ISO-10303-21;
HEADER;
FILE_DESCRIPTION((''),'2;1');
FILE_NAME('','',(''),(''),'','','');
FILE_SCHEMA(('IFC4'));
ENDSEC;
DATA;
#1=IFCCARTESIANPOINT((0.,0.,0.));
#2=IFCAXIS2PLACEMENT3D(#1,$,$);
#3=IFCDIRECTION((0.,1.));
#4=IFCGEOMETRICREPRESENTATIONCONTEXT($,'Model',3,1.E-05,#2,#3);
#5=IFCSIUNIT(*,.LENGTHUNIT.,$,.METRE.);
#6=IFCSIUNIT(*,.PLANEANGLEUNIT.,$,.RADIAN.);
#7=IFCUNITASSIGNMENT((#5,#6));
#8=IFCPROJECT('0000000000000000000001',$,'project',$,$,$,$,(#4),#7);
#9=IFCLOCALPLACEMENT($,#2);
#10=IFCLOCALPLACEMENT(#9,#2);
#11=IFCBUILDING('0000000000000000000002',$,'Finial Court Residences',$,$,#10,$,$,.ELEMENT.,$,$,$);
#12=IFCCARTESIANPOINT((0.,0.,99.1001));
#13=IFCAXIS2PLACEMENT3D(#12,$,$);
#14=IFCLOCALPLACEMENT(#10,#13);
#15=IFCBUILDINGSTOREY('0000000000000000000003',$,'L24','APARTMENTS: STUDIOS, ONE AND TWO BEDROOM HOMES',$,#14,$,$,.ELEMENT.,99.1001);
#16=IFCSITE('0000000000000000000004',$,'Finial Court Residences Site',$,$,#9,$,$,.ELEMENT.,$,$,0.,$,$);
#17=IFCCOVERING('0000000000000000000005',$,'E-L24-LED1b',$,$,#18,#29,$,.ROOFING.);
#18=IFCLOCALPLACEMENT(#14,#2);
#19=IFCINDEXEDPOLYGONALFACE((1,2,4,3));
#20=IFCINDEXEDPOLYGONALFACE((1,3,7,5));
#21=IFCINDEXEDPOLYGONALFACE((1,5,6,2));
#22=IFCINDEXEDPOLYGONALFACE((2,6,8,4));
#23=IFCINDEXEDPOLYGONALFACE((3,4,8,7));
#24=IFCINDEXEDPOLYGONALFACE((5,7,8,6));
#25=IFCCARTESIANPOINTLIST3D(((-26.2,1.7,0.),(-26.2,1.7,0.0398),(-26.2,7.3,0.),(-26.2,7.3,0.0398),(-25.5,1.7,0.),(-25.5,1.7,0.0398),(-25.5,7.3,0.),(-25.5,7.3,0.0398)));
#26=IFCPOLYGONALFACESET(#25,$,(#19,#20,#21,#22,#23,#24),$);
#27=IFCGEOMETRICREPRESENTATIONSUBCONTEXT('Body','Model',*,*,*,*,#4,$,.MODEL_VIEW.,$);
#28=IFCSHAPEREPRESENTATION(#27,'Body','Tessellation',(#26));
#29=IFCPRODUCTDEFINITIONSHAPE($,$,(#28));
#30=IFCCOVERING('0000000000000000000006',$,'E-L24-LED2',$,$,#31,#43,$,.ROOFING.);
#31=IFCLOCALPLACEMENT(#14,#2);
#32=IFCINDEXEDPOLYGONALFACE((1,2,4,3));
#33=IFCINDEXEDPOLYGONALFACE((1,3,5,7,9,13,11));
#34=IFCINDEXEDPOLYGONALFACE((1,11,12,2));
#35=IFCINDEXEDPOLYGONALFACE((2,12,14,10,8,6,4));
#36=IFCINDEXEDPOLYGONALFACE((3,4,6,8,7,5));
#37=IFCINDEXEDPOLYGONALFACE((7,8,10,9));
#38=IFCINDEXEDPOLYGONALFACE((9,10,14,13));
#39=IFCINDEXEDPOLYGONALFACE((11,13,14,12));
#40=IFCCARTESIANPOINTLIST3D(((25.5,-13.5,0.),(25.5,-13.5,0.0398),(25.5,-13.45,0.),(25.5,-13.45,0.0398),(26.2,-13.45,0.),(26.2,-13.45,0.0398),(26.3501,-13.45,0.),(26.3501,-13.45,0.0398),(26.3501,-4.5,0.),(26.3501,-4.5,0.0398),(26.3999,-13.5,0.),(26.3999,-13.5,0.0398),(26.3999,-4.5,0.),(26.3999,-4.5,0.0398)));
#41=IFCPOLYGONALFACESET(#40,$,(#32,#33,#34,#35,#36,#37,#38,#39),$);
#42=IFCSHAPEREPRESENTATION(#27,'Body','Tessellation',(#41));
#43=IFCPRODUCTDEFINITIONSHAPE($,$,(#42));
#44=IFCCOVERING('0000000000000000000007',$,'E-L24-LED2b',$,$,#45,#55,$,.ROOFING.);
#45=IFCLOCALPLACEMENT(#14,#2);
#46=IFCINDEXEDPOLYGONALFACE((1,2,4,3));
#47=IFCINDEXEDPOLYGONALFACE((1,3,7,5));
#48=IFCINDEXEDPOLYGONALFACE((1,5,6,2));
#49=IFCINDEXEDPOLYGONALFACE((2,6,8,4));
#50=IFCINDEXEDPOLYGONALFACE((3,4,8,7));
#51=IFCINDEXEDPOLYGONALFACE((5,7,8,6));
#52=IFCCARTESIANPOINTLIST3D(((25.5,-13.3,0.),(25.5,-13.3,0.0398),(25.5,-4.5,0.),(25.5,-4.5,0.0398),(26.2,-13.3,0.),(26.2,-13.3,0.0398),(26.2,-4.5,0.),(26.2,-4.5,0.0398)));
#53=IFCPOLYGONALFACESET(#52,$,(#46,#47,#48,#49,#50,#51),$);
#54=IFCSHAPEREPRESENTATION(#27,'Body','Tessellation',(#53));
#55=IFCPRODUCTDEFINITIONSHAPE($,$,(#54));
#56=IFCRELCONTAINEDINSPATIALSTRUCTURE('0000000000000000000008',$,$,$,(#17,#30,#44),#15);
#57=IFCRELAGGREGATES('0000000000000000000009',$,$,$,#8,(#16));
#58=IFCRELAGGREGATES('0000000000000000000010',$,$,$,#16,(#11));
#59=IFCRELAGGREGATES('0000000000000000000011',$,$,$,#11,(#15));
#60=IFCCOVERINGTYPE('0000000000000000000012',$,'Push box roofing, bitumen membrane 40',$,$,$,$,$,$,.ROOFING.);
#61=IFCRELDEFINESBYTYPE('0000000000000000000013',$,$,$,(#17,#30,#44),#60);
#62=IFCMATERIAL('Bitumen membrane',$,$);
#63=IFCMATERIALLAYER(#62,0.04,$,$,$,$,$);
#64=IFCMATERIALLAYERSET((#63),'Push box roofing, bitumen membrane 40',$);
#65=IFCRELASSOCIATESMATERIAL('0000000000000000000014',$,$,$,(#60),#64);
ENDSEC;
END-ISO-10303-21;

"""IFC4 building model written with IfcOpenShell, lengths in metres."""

from ifc_helpers import new_model, si_unit, direction, frame, origin, place, context, subcontext, project, spatial, polyline, outline, extrude, material, layer, layer_set, type_object, element, save


model = new_model("IFC4")

# Units and contexts
model_context = context("Model", 3, precision=1e-05, world=origin(), true_north=direction((0.0, 1.0)))
body_context = subcontext(model_context, "Body", "Model", "MODEL_VIEW")
ifc_project = project(units=[si_unit("LENGTHUNIT", "METRE"), si_unit("PLANEANGLEUNIT", "RADIAN")], contexts=[model_context])

# Site, building, storey
site_placement = place(None, origin())
site = spatial("IfcSite", under=ifc_project, at=site_placement, Name="Finial Court Residences Site", CompositionType="ELEMENT", RefElevation=0.0)
building_placement = place(site_placement, origin())
building = spatial("IfcBuilding", under=site, at=building_placement, Name="Finial Court Residences", CompositionType="ELEMENT")
storey_placement = place(building_placement, frame((0.0, 0.0, 99.1001)))
storey = spatial("IfcBuildingStorey", under=building, at=storey_placement, Name="L24", Description="APARTMENTS: STUDIOS, ONE AND TWO BEDROOM HOMES", CompositionType="ELEMENT", Elevation=99.1001)

# Coverings
ifc_material_1 = material(Name="Bitumen membrane")
ifc_layer_1 = layer(ifc_material_1, 0.04)
ifc_layer_set_1 = layer_set([ifc_layer_1], Name="Push box roofing, bitumen membrane 40")
covering_type_1 = type_object("IfcCoveringType", Name="Push box roofing, bitumen membrane 40", PredefinedType="ROOFING", material=ifc_layer_set_1)
covering_1_placement = place(storey_placement, origin())
element("IfcCovering", 1, at=covering_1_placement, inside=storey, type_object=covering_type_1, Name="E-L24-LED1b", PredefinedType="ROOFING", context=body_context, shape_type="SweptSolid", body=[
    extrude(outline(polyline([(-25.5, 1.7), (-26.2, 1.7), (-26.2, 7.3), (-25.5, 7.3), (-25.5, 1.7)])), origin(), (0.0, 0.0, 1.0), 0.0398),
])
covering_2_placement = place(storey_placement, origin())
element("IfcCovering", 2, at=covering_2_placement, inside=storey, type_object=covering_type_1, Name="E-L24-LED2", PredefinedType="ROOFING", context=body_context, shape_type="SweptSolid", body=[
    extrude(outline(polyline([(25.5, -13.45), (26.2, -13.45), (26.3501, -13.45), (26.3501, -4.5), (26.3999, -4.5), (26.3999, -13.5), (25.5, -13.5), (25.5, -13.45)])), origin(), (0.0, 0.0, 1.0), 0.0398),
])
covering_3_placement = place(storey_placement, origin())
element("IfcCovering", 3, at=covering_3_placement, inside=storey, type_object=covering_type_1, Name="E-L24-LED2b", PredefinedType="ROOFING", context=body_context, shape_type="SweptSolid", body=[
    extrude(outline(polyline([(25.5, -4.5), (26.2, -4.5), (26.2, -13.3), (25.5, -13.3), (25.5, -4.5)])), origin(), (0.0, 0.0, 1.0), 0.0398),
])

save(model, "model.ifc")
